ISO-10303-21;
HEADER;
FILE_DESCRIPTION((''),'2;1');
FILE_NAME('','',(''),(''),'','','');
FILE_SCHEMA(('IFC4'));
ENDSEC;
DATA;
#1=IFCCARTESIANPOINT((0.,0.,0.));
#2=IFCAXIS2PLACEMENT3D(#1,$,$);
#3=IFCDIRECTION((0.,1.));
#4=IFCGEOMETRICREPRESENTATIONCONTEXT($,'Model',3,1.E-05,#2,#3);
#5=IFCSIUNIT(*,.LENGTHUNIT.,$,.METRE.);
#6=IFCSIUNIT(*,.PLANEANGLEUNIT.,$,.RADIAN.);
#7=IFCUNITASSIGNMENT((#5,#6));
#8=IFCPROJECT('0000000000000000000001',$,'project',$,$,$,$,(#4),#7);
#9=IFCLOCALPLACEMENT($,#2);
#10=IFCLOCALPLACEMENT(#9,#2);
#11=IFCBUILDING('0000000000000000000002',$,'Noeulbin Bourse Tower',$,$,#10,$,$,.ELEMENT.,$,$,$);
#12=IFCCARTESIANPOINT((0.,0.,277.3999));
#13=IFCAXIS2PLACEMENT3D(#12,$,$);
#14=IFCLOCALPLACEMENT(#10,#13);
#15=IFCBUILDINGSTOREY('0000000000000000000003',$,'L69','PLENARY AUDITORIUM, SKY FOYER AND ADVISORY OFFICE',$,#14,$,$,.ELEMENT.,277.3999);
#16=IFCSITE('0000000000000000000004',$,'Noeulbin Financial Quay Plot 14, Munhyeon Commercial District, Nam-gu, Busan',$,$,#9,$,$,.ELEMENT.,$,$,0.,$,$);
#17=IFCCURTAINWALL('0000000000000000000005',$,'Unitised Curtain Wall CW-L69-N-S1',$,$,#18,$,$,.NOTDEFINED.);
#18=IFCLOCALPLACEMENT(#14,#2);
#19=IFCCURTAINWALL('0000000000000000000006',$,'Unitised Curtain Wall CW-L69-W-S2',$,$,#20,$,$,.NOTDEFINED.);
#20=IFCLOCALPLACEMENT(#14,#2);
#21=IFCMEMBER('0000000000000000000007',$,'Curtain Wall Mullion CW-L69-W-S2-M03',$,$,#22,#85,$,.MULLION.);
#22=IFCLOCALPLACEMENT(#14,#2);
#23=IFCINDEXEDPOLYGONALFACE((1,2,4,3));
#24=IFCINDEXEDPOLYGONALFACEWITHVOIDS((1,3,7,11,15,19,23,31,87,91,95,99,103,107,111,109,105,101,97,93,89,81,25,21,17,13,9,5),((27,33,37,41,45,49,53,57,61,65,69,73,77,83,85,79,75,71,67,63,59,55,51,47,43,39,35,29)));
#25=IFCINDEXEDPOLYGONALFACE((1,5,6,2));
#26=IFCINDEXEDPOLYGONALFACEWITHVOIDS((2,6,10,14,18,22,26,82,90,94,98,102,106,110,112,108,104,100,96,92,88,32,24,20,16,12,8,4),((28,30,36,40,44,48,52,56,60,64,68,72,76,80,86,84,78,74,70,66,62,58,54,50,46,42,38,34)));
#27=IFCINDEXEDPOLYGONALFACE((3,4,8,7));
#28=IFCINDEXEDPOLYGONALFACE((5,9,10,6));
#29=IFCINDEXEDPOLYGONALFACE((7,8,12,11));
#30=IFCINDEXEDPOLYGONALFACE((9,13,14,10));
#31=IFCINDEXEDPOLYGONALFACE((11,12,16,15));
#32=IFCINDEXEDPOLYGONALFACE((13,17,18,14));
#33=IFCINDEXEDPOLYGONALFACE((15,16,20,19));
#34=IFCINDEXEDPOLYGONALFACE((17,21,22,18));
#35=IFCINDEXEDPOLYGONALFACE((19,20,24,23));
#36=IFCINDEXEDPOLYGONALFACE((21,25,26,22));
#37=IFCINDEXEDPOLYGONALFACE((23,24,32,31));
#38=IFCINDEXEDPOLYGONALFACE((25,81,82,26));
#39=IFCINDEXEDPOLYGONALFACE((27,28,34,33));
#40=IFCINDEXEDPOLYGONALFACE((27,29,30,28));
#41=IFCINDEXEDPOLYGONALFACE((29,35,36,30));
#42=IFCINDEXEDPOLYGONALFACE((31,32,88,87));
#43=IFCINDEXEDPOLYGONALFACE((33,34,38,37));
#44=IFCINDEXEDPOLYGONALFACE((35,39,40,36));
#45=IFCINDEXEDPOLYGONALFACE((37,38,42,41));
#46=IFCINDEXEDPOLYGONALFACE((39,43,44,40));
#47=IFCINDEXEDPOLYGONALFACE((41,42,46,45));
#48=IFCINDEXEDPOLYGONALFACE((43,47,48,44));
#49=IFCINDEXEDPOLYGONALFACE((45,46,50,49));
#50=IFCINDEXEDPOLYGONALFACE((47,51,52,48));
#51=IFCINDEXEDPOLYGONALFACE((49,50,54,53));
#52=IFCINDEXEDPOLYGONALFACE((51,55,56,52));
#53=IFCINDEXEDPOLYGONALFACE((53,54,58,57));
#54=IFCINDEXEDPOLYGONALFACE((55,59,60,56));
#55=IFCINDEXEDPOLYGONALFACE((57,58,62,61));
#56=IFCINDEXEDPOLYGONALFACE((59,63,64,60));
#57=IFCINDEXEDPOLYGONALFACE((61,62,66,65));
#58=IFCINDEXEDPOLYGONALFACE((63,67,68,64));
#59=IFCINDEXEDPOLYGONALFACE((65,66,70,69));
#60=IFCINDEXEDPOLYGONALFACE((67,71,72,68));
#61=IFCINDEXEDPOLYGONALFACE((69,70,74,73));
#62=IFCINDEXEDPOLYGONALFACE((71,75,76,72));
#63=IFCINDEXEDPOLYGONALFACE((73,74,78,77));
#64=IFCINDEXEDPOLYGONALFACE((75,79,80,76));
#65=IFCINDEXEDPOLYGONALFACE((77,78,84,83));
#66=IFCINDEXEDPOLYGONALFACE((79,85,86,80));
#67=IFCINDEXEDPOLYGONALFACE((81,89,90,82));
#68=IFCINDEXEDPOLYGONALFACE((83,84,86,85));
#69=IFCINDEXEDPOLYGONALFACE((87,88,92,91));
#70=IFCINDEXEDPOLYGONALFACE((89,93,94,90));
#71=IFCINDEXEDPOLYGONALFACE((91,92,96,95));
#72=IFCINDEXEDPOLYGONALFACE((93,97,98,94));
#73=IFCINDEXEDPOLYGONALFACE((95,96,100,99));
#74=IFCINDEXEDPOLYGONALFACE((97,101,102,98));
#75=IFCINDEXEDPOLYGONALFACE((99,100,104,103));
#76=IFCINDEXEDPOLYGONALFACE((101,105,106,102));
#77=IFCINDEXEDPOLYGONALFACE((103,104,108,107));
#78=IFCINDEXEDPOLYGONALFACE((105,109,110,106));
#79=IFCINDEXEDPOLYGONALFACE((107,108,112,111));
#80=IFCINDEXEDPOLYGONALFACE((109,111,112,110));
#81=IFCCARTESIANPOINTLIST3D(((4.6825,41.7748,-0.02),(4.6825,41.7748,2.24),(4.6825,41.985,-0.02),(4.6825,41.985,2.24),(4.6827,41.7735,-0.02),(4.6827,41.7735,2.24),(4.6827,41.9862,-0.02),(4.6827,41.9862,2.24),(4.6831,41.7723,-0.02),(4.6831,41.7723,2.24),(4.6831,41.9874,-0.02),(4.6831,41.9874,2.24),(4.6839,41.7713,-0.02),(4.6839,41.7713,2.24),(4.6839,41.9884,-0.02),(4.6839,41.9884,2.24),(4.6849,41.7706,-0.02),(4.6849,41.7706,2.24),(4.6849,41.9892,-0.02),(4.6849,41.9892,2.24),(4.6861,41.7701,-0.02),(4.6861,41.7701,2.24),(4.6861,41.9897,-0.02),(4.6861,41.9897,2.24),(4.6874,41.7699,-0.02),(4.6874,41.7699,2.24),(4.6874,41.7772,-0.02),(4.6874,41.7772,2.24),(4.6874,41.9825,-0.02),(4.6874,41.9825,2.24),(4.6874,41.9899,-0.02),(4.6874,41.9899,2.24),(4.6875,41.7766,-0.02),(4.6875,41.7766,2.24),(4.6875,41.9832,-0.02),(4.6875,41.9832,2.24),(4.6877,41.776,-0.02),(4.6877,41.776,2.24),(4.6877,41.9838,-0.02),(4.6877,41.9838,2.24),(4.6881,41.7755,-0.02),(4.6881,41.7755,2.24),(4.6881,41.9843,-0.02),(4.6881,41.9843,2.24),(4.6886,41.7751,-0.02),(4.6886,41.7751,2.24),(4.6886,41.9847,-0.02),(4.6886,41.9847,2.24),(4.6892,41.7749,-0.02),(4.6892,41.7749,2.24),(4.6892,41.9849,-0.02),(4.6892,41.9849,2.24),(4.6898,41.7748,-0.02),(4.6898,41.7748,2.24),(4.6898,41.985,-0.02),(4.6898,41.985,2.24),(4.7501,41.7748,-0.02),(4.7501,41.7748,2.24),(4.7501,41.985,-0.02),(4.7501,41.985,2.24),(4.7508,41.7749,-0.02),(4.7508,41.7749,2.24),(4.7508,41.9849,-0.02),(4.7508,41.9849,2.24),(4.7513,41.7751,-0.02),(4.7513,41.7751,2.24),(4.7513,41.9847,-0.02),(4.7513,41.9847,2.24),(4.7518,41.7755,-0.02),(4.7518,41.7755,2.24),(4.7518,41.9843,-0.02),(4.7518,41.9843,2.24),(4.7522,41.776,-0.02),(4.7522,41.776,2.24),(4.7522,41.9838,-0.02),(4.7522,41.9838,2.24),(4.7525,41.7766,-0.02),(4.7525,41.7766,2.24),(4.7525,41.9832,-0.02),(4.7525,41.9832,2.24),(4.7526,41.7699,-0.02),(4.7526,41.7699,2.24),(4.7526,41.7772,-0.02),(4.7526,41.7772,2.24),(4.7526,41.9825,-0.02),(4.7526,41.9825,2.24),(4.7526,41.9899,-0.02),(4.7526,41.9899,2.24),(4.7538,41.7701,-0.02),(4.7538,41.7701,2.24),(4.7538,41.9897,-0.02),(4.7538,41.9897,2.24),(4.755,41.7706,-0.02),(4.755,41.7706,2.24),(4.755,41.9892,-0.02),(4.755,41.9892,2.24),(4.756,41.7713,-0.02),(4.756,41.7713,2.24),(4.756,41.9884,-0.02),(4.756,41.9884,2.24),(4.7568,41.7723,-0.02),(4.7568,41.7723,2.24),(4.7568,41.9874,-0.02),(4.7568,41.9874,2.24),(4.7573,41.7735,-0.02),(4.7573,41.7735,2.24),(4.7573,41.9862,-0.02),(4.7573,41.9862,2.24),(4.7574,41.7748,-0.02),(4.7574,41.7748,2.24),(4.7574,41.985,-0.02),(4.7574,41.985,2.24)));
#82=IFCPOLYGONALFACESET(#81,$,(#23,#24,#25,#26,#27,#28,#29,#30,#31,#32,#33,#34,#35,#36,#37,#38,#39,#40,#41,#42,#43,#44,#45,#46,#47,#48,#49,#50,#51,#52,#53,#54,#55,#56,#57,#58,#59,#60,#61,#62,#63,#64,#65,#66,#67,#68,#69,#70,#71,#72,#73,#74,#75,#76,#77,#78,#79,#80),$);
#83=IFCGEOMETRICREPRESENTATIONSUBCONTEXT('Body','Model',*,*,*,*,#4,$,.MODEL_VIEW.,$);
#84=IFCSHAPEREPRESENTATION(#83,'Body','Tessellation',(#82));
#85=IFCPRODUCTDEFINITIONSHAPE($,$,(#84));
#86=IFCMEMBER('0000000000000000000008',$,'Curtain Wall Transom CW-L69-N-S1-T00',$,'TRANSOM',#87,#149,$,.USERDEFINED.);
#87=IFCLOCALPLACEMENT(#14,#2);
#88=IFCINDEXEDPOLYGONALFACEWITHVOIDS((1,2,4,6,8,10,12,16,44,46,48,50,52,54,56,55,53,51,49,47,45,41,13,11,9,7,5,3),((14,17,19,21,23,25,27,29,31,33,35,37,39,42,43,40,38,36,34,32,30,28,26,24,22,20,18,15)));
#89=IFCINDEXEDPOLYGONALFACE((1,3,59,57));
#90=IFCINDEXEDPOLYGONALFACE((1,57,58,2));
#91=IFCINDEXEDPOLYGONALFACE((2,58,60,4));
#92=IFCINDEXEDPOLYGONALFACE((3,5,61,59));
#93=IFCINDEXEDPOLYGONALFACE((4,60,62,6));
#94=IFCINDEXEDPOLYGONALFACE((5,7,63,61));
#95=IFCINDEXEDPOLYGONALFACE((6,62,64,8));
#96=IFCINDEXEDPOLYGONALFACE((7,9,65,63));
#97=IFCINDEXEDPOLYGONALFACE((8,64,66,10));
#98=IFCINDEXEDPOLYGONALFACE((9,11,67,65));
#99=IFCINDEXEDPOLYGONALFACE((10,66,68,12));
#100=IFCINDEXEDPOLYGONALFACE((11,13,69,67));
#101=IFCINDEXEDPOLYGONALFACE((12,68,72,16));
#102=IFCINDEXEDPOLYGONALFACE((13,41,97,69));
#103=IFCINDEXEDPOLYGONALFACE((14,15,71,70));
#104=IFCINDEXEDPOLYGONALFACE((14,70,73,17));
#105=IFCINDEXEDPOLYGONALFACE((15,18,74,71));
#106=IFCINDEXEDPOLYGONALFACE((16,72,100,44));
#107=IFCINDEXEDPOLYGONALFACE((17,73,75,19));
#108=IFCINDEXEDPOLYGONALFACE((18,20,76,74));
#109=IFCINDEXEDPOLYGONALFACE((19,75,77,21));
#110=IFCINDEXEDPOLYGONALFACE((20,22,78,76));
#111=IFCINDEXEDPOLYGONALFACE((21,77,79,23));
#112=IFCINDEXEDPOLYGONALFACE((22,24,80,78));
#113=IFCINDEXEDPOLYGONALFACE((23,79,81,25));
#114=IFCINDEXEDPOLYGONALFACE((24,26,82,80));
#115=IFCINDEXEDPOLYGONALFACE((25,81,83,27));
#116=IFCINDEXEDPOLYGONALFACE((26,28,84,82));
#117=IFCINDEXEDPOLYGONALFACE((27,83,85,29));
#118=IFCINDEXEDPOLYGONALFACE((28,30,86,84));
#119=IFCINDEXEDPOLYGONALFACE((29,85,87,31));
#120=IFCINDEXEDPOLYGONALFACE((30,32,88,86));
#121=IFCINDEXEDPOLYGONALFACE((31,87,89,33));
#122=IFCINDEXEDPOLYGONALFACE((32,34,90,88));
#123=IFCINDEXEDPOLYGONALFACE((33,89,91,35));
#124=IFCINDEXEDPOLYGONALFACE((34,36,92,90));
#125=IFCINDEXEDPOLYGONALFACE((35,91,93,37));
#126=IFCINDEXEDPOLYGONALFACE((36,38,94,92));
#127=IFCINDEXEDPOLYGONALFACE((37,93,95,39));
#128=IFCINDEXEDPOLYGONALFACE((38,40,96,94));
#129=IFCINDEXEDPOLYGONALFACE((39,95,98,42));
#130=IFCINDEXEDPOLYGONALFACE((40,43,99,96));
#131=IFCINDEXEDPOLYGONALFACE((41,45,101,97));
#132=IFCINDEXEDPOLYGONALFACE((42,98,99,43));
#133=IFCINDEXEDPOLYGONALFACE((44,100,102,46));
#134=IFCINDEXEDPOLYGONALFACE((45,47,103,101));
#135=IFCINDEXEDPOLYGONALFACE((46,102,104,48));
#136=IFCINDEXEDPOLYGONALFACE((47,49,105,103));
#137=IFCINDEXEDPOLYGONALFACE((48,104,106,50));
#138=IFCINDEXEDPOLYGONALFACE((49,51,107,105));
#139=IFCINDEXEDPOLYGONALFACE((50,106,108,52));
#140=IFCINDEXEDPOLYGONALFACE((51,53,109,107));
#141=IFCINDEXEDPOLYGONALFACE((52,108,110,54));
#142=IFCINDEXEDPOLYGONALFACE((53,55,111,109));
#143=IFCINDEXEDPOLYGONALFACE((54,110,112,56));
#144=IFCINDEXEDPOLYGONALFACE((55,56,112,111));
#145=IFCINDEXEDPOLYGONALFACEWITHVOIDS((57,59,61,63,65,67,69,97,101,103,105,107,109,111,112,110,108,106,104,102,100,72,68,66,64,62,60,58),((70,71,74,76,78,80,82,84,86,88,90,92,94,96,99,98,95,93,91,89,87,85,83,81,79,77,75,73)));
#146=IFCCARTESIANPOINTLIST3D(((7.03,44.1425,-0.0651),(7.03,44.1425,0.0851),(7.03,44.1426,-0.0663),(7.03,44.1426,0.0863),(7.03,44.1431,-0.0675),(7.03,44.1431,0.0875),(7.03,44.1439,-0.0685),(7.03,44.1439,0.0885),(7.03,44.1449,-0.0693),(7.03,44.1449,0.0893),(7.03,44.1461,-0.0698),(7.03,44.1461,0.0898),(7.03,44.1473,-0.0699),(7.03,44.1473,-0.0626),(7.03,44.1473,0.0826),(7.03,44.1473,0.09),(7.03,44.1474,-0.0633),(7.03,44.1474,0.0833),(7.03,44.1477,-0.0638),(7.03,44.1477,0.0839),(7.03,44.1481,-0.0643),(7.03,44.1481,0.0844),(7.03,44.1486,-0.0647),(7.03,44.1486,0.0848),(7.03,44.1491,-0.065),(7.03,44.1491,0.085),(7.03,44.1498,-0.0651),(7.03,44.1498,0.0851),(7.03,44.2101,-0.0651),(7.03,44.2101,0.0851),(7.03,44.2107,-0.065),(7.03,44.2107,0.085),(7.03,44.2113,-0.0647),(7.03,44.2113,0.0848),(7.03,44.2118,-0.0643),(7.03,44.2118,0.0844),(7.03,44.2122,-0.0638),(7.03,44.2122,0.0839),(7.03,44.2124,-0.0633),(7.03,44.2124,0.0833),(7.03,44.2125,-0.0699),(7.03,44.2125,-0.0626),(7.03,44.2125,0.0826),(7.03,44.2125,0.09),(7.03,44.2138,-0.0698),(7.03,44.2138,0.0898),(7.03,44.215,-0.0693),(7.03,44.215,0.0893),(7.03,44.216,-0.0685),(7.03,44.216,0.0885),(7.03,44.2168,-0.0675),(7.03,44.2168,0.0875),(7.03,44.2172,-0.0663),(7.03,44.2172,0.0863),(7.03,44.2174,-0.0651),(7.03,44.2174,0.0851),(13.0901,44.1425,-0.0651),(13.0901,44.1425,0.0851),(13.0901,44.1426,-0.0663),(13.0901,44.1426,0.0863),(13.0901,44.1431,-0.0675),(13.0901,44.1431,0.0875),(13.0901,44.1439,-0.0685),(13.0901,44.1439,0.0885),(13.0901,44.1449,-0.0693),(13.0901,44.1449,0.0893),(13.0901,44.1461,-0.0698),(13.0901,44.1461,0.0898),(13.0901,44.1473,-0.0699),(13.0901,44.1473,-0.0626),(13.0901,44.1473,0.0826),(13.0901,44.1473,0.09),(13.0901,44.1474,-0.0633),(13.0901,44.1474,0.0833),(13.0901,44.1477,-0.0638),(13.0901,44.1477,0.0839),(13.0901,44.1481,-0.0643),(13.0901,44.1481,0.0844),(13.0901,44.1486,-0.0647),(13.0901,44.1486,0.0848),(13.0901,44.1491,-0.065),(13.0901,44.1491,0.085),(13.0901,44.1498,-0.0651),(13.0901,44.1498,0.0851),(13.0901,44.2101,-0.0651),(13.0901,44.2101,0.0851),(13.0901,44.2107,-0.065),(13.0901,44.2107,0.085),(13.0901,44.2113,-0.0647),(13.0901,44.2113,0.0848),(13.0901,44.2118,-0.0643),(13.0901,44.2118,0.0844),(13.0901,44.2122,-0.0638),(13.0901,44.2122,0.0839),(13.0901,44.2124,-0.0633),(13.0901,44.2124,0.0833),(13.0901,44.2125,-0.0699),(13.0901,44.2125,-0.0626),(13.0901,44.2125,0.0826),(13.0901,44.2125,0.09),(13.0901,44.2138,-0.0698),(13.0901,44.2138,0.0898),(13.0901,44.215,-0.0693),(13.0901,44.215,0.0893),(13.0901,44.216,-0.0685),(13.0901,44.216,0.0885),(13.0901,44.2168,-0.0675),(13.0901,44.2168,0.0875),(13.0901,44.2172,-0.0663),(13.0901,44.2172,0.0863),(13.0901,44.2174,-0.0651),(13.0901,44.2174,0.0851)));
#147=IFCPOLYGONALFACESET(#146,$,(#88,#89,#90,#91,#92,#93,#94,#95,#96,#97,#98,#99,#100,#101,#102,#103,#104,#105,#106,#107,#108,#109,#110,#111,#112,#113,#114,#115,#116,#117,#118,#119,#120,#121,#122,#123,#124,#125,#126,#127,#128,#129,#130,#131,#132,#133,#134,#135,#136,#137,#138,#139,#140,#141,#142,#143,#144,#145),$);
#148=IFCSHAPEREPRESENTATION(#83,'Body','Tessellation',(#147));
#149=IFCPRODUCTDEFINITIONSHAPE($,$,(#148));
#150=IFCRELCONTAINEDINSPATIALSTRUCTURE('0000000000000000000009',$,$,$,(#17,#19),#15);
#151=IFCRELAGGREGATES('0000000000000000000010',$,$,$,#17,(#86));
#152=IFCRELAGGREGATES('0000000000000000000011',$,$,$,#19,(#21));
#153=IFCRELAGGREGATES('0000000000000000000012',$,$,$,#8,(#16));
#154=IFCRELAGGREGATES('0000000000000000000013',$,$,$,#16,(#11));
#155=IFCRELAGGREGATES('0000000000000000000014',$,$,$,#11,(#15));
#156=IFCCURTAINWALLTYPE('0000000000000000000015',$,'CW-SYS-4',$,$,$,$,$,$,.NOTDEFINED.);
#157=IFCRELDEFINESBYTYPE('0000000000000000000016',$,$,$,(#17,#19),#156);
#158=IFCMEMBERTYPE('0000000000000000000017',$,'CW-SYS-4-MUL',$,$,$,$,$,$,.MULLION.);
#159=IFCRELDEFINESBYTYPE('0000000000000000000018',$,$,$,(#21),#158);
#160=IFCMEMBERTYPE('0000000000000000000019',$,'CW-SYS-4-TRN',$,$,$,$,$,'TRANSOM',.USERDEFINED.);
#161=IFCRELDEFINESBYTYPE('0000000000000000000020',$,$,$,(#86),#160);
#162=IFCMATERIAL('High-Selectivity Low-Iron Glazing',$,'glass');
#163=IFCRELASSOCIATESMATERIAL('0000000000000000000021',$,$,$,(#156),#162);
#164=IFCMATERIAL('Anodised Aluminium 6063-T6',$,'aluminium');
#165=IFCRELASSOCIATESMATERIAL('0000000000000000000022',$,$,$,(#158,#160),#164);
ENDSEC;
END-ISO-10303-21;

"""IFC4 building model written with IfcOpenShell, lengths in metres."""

from ifc_helpers import new_model, si_unit, direction, frame, origin, origin_2d, place, context, subcontext, project, spatial, hollow_rectangle, extrude, material, material_profile, profile_set, type_object, element, aggregate, save


model = new_model("IFC4")

# Units and contexts
model_context = context("Model", 3, precision=1e-05, world=origin(), true_north=direction((0.0, 1.0)))
body_context = subcontext(model_context, "Body", "Model", "MODEL_VIEW")
ifc_project = project(units=[si_unit("LENGTHUNIT", "METRE"), si_unit("PLANEANGLEUNIT", "RADIAN")], contexts=[model_context])

# Site, building, storey
site_placement = place(None, origin())
site = spatial("IfcSite", under=ifc_project, at=site_placement, Name="Noeulbin Financial Quay Plot 14, Munhyeon Commercial District, Nam-gu, Busan", CompositionType="ELEMENT", RefElevation=0.0)
building_placement = place(site_placement, origin())
building = spatial("IfcBuilding", under=site, at=building_placement, Name="Noeulbin Bourse Tower", CompositionType="ELEMENT")
storey_placement = place(building_placement, frame((0.0, 0.0, 277.3999)))
storey = spatial("IfcBuildingStorey", under=building, at=storey_placement, Name="L69", Description="PLENARY AUDITORIUM, SKY FOYER AND ADVISORY OFFICE", CompositionType="ELEMENT", Elevation=277.3999)

# Curtain wall
ifc_material_1 = material(Name="High-Selectivity Low-Iron Glazing", Category="glass")
curtain_wall_type = type_object("IfcCurtainWallType", Name="CW-SYS-4", PredefinedType="NOTDEFINED", material=ifc_material_1)
curtain_wall_1_placement = place(storey_placement, origin())
curtain_wall_1 = element("IfcCurtainWall", 1, at=curtain_wall_1_placement, inside=storey, type_object=curtain_wall_type, Name="Unitised Curtain Wall CW-L69-N-S1", PredefinedType="NOTDEFINED")
ifc_material_2 = material(Name="Anodised Aluminium 6063-T6", Category="aluminium")
ifc_material_profile_1 = material_profile(ifc_material_2, hollow_rectangle(XDim=0.075, YDim=0.22, WallThickness=0.0049, InnerFilletRadius=0.0024, OuterFilletRadius=0.0049, at=origin_2d()), Name="ALU-MULL-75x220x5", Category="LoadBearing")
ifc_profile_set_1 = profile_set([ifc_material_profile_1], Name="Anodised Aluminium 6063-T6")
member_type_1 = type_object("IfcMemberType", Name="CW-SYS-4-MUL", PredefinedType="MULLION", material=ifc_profile_set_1)

# Curtain wall, member
curtain_wall_2_placement = place(storey_placement, origin())
curtain_wall_2 = element("IfcCurtainWall", 2, at=curtain_wall_2_placement, inside=storey, type_object=curtain_wall_type, Name="Unitised Curtain Wall CW-L69-W-S2", PredefinedType="NOTDEFINED")
member_1_placement = place(storey_placement, frame((4.72, 41.8799, -0.02), z_axis=(0.0, 0.0, 1.0), x_axis=(1.0, 0.0, 0.0)))
member_1 = element("IfcMember", 3, at=member_1_placement, type_object=member_type_1, Name="Curtain Wall Mullion CW-L69-W-S2-M03", PredefinedType="MULLION", context=body_context, shape_type="SweptSolid", body=[
    extrude(hollow_rectangle(XDim=0.075, YDim=0.22, WallThickness=0.0049, InnerFilletRadius=0.0024, OuterFilletRadius=0.0049, at=origin_2d()), origin(), (0.0, 0.0, 1.0), 2.26),
])

# Member
ifc_material_profile_2 = material_profile(ifc_material_2, hollow_rectangle(XDim=0.075, YDim=0.1599, WallThickness=0.0049, InnerFilletRadius=0.0024, OuterFilletRadius=0.0049, at=origin_2d()), Name="ALU-TRAN-75x160x5", Category="LoadBearing")
ifc_profile_set_2 = profile_set([ifc_material_profile_2], Name="Anodised Aluminium 6063-T6")
member_type_2 = type_object("IfcMemberType", Name="CW-SYS-4-TRN", ElementType="TRANSOM", PredefinedType="USERDEFINED", material=ifc_profile_set_2)
member_2_placement = place(storey_placement, frame((7.03, 44.1799, 0.01), z_axis=(1.0, 0.0, 0.0), x_axis=(0.0, 1.0, 0.0)))
member_2 = element("IfcMember", 4, at=member_2_placement, type_object=member_type_2, Name="Curtain Wall Transom CW-L69-N-S1-T00", ObjectType="TRANSOM", PredefinedType="USERDEFINED", context=body_context, shape_type="SweptSolid", body=[
    extrude(hollow_rectangle(XDim=0.075, YDim=0.1599, WallThickness=0.0049, InnerFilletRadius=0.0024, OuterFilletRadius=0.0049, at=origin_2d()), origin(), (0.0, 0.0, 1.0), 6.0601),
])

aggregate(curtain_wall_1, [member_2])
aggregate(curtain_wall_2, [member_1])

save(model, "model.ifc")
